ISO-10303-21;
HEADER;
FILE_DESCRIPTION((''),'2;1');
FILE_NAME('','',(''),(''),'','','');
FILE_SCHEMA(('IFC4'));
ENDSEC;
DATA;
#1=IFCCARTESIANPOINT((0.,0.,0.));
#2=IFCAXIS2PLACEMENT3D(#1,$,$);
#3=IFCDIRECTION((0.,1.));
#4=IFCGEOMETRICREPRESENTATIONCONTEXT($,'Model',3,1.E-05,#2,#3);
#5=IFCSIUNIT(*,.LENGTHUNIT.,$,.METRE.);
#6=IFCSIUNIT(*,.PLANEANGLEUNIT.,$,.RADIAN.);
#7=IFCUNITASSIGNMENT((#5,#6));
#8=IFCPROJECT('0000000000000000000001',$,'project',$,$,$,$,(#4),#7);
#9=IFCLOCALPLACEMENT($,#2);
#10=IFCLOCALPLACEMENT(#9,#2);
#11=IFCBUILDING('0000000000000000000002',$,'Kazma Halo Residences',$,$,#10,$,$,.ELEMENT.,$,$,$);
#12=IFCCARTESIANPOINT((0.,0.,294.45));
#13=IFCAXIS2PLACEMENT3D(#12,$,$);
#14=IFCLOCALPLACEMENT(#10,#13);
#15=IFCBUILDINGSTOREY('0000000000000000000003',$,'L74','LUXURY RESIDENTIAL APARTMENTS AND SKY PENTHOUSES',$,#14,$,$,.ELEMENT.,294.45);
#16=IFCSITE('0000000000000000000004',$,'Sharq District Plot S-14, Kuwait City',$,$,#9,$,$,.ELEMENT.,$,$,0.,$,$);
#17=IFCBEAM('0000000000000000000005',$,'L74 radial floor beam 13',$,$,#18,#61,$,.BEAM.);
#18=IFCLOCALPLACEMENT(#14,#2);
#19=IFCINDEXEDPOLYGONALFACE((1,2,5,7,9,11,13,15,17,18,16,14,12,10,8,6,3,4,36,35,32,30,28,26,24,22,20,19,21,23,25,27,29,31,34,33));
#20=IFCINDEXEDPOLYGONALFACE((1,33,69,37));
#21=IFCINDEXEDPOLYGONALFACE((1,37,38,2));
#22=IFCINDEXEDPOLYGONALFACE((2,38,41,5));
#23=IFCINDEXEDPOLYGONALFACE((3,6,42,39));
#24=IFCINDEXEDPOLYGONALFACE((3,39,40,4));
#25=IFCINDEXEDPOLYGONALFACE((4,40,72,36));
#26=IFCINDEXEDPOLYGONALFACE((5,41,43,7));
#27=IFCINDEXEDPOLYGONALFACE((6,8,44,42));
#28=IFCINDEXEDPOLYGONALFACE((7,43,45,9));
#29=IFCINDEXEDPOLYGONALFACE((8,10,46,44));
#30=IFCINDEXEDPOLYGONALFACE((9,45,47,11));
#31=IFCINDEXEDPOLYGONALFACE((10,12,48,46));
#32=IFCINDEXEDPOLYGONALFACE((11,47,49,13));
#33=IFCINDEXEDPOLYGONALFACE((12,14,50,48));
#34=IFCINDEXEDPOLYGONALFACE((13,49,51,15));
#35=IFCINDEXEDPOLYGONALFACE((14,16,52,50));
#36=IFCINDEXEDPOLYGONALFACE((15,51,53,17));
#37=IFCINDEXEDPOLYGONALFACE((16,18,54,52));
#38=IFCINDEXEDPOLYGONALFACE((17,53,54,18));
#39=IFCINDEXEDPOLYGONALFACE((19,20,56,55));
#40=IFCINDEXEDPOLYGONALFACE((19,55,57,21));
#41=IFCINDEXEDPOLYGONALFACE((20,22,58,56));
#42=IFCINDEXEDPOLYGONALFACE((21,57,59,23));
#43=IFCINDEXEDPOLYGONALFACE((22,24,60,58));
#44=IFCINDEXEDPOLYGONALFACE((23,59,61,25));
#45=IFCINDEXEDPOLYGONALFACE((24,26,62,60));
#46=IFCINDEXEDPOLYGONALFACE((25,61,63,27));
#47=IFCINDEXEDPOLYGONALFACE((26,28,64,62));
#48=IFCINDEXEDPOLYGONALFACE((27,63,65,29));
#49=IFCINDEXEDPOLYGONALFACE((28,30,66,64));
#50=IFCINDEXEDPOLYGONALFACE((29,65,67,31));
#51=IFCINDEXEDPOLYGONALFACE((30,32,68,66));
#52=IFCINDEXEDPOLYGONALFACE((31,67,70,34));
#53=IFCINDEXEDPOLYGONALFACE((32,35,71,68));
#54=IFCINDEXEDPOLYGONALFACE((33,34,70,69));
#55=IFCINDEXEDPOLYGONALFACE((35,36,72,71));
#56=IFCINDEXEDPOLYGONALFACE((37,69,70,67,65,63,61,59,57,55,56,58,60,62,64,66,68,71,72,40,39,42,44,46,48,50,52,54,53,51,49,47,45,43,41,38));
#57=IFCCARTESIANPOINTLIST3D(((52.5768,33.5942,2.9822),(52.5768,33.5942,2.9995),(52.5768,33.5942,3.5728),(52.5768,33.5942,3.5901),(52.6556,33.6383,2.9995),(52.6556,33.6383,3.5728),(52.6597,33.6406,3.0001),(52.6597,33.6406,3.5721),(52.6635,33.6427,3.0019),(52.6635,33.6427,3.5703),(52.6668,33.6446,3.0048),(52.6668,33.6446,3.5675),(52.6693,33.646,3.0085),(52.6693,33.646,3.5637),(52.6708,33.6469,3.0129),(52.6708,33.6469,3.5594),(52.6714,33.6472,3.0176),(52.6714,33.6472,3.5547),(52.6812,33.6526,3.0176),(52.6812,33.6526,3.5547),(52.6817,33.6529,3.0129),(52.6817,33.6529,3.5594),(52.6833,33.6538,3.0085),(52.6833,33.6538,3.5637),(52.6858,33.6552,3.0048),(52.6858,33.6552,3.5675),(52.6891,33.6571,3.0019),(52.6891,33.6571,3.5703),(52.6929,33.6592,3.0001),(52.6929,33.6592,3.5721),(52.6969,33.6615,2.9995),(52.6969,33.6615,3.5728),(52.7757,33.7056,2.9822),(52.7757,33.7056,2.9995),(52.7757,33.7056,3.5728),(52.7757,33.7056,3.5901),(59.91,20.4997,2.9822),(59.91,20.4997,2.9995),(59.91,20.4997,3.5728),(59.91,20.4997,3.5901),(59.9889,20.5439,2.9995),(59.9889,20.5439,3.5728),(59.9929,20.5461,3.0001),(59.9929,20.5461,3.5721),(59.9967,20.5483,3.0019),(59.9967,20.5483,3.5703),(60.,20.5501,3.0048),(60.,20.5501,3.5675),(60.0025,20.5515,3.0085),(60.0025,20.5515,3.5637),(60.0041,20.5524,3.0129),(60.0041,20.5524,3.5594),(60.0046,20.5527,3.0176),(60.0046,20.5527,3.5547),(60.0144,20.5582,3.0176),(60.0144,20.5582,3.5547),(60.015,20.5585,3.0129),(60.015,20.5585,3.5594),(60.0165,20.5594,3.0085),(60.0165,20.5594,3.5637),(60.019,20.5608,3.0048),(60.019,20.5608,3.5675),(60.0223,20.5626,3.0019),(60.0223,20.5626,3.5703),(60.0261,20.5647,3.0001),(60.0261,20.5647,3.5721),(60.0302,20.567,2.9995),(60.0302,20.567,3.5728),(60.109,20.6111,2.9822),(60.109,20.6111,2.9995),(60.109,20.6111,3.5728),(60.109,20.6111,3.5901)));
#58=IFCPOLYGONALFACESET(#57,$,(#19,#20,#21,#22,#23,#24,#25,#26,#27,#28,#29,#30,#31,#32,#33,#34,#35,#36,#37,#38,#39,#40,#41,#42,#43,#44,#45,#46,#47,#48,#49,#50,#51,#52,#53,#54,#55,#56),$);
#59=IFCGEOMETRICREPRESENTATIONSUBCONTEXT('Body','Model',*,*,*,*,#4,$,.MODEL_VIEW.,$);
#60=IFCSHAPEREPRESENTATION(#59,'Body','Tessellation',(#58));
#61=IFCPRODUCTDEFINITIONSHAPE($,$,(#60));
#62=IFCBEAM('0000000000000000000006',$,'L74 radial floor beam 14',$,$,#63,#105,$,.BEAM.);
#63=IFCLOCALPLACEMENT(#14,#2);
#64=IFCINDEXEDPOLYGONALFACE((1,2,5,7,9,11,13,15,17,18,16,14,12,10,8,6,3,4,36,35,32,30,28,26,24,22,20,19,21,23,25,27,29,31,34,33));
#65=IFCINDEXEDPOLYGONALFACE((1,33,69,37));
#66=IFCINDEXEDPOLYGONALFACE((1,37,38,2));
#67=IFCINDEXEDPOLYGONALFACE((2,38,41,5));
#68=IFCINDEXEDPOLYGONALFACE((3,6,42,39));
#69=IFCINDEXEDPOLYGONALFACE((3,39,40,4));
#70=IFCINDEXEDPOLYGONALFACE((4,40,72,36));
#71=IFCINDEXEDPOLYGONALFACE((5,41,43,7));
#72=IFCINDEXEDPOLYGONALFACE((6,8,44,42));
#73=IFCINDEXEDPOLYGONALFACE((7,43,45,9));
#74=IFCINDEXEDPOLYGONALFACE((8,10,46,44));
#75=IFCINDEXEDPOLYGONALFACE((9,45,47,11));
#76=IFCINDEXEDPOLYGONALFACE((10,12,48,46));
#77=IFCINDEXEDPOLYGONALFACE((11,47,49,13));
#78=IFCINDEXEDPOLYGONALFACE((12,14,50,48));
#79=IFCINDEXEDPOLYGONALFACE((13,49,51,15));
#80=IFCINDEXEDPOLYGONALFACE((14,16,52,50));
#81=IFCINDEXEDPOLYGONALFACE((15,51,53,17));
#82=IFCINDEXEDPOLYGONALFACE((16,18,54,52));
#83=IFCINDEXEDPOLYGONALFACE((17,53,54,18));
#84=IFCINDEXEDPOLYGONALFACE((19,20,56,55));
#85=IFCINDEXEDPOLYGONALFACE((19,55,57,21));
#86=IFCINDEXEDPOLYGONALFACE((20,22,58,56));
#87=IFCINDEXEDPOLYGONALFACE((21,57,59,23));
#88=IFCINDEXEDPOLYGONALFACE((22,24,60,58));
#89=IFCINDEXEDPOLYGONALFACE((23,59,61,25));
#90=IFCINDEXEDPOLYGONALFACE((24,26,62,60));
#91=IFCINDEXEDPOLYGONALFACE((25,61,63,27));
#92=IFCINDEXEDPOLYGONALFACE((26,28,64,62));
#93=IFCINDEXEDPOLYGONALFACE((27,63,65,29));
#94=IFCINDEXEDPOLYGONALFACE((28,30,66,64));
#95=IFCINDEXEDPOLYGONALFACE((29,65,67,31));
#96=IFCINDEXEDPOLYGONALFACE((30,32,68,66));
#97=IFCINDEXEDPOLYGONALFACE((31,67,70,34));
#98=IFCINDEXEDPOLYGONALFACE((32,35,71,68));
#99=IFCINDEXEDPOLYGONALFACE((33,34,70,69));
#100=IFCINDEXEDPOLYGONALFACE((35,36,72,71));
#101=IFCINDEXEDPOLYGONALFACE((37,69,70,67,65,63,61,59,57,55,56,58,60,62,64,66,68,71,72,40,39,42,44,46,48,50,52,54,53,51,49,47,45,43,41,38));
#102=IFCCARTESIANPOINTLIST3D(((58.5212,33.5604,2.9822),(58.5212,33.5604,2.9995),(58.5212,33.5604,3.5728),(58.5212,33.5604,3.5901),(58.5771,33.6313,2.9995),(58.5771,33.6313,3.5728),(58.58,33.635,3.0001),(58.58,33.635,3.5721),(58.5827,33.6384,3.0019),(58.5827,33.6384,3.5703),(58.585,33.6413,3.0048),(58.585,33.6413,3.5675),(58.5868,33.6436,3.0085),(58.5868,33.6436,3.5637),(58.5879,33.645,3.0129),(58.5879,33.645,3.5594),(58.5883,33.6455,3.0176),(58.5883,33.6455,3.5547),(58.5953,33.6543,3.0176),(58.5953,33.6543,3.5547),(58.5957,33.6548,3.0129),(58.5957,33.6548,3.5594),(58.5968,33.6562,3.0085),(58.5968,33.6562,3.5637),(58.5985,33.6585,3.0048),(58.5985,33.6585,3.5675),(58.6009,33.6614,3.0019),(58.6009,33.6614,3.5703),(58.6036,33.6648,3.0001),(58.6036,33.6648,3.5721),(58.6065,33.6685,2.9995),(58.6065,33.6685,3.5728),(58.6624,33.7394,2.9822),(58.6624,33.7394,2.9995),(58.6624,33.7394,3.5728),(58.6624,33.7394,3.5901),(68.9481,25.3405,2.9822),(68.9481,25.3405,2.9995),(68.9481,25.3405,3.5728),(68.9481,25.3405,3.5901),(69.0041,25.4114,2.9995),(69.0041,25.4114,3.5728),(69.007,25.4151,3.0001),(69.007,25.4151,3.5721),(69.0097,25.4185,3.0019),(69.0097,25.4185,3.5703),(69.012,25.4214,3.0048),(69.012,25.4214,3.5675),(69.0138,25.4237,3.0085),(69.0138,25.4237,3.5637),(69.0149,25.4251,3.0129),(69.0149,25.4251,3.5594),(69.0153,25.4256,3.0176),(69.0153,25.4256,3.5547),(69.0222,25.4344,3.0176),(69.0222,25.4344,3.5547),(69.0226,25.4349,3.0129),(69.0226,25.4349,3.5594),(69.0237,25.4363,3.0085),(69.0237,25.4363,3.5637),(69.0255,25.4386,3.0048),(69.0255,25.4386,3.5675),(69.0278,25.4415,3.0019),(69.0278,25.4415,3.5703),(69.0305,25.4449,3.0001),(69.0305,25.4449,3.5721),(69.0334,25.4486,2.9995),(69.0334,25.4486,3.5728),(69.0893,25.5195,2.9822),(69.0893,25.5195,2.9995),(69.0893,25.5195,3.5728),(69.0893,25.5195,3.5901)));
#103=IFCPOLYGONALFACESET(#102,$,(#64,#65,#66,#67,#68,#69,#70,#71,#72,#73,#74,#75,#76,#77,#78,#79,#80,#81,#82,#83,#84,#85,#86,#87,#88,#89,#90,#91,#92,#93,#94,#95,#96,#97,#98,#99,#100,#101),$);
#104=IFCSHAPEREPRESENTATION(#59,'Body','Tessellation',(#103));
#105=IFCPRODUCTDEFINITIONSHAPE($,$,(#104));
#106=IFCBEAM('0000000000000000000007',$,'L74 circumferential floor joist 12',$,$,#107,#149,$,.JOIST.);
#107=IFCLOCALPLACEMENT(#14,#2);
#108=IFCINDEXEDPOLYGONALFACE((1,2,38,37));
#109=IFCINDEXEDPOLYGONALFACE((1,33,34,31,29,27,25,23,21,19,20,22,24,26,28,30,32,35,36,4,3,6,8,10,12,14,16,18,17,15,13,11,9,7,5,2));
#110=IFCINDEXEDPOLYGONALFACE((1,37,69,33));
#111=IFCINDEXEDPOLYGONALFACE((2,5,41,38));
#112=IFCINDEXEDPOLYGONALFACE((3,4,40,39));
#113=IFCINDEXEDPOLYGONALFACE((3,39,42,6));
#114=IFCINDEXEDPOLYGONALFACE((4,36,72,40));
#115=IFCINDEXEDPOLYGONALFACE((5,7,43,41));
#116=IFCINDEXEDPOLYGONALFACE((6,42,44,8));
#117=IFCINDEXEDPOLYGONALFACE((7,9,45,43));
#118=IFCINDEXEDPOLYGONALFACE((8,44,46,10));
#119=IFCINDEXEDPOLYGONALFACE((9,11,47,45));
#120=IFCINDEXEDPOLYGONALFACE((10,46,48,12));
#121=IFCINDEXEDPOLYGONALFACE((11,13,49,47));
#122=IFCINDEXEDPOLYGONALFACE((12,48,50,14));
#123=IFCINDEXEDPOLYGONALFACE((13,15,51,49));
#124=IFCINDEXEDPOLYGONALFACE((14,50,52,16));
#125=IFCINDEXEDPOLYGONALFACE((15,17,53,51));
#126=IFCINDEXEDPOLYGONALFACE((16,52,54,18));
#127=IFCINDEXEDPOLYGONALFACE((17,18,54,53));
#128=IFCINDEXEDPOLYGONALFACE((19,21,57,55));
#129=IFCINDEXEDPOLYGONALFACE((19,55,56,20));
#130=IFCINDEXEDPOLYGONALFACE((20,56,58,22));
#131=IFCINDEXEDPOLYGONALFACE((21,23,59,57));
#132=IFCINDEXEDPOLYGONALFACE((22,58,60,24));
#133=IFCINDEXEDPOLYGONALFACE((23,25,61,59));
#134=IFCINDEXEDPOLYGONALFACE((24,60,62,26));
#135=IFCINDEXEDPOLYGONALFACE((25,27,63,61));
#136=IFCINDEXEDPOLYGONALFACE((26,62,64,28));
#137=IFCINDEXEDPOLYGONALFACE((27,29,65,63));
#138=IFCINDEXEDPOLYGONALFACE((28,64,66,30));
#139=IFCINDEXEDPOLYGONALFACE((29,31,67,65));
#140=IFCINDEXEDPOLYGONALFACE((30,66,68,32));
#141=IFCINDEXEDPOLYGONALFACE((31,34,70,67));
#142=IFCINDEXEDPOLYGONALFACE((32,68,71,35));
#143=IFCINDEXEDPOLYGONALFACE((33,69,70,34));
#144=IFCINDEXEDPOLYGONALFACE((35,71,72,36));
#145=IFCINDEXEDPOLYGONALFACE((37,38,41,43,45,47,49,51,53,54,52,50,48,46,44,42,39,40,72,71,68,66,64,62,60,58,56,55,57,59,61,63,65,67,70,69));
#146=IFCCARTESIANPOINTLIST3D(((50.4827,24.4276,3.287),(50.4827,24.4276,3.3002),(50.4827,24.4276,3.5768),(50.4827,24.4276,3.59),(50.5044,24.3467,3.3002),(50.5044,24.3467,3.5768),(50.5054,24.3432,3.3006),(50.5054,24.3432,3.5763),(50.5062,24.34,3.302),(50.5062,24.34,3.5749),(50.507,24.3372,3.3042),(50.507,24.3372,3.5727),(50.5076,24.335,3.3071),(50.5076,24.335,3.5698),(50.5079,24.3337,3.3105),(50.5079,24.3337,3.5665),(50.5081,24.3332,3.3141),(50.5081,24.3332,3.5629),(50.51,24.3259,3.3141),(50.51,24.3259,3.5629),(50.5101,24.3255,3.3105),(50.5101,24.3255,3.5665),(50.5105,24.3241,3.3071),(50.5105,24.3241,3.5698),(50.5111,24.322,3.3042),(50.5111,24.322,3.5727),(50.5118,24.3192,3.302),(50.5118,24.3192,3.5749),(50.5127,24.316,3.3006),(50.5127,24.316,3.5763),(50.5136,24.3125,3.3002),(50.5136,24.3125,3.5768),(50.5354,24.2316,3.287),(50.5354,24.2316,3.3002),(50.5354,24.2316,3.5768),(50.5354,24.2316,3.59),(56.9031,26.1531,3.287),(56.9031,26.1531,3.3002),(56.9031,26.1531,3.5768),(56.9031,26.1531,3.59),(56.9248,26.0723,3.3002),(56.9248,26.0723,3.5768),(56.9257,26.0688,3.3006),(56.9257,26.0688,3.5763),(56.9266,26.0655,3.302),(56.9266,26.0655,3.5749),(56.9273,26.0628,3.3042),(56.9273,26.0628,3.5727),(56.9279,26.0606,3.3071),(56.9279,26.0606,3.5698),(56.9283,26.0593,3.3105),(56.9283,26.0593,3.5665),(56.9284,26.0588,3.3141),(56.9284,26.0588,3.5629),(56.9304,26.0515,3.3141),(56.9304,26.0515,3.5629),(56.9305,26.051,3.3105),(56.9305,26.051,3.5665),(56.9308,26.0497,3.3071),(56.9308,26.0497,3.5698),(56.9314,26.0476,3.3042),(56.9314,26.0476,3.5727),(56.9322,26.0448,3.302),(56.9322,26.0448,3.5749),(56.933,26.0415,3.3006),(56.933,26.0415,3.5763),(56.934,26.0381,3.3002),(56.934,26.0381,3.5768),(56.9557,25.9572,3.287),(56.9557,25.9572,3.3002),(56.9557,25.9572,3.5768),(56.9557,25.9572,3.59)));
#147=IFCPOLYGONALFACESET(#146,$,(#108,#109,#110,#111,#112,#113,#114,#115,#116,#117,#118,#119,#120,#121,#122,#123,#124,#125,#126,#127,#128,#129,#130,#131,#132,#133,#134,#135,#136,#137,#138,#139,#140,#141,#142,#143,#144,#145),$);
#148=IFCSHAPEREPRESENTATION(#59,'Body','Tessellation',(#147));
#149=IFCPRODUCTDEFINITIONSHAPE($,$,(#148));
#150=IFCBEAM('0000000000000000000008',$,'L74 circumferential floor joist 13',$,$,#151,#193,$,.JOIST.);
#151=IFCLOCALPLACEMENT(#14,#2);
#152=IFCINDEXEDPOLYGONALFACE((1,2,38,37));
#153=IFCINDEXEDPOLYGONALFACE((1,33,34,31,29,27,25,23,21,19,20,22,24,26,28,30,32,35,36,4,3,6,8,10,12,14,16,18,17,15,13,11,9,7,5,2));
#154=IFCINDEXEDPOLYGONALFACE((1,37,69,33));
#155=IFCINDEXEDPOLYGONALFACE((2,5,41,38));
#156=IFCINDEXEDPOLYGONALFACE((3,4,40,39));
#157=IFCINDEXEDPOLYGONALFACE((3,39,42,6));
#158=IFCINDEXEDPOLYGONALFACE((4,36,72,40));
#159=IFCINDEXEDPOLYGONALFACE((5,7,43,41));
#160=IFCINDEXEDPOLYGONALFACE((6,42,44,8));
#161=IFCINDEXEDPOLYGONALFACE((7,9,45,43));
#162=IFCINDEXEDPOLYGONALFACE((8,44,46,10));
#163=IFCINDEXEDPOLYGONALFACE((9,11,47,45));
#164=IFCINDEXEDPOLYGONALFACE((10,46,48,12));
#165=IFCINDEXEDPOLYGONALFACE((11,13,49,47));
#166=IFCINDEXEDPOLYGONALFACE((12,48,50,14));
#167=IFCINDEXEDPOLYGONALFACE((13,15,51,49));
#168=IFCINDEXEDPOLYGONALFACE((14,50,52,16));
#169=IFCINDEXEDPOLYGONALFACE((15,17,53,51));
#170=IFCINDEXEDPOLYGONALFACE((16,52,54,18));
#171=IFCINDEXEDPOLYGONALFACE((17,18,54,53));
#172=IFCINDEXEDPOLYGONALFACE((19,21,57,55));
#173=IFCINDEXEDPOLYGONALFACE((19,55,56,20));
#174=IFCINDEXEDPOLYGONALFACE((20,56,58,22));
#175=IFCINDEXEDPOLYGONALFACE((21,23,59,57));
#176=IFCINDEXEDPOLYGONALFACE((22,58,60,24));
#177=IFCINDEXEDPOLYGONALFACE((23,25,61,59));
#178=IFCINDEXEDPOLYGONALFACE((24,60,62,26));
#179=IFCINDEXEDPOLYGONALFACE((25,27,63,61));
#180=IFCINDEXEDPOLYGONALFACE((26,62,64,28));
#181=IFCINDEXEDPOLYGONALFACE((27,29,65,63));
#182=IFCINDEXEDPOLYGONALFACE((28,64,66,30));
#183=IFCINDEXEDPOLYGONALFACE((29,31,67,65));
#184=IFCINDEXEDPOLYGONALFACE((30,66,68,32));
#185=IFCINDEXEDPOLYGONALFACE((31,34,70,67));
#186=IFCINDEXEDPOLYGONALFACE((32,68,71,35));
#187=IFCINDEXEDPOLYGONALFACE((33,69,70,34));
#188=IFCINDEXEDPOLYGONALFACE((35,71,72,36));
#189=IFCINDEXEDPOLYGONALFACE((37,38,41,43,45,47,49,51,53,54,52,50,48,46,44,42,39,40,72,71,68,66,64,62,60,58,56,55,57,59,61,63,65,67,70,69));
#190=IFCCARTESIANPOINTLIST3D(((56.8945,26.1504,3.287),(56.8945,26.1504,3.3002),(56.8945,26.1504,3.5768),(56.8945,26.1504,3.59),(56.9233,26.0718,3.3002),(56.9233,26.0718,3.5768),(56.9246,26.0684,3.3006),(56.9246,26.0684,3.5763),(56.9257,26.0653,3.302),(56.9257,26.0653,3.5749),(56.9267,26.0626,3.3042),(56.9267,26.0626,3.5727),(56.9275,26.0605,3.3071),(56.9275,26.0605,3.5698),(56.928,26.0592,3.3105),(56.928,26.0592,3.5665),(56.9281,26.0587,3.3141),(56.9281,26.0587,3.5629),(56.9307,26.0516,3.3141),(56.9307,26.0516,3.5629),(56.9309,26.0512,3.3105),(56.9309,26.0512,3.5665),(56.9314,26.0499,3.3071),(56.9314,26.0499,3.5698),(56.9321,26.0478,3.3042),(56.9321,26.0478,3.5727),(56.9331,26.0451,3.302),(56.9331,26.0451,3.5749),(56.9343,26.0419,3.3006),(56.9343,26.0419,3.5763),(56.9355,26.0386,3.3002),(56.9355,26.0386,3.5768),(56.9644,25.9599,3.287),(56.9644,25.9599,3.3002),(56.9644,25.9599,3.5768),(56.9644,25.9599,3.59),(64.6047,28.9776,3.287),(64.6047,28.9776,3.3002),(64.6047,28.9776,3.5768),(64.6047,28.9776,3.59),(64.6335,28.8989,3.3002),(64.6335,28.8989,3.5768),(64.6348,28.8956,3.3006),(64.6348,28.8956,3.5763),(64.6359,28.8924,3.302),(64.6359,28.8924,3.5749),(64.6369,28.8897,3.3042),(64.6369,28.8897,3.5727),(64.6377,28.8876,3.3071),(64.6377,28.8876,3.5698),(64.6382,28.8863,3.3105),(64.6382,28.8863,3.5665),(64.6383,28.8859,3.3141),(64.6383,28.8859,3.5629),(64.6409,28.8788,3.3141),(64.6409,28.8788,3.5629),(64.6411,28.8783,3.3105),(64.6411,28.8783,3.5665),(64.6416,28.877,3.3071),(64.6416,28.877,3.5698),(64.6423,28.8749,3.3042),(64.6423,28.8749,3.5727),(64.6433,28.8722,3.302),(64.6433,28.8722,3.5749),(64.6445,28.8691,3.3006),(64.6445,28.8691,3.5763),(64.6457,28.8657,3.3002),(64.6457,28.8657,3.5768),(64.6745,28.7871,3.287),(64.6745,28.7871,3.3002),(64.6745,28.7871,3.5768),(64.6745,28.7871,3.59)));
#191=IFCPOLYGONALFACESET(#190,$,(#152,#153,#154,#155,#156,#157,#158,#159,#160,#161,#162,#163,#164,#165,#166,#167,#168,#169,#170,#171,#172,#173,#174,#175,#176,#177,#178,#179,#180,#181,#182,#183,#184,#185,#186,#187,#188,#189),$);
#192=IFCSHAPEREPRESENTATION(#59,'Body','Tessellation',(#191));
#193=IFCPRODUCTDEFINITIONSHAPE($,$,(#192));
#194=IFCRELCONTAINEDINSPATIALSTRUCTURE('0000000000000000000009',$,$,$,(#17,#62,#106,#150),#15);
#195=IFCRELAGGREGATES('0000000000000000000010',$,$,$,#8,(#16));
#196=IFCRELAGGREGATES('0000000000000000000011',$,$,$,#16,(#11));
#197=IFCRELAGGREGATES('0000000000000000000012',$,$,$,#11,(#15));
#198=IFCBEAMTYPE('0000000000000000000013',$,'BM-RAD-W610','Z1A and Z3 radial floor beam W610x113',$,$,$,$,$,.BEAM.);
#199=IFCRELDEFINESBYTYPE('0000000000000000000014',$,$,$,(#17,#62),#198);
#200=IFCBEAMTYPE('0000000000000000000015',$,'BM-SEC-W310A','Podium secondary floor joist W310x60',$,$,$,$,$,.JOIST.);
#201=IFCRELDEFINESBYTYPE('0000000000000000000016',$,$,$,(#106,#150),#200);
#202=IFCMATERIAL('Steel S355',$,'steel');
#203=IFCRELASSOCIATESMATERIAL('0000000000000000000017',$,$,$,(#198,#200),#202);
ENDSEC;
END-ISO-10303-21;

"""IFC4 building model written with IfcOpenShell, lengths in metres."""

from ifc_helpers import new_model, si_unit, direction, frame, origin, origin_2d, place, context, subcontext, project, spatial, i_section, extrude, material, material_profile, profile_set, type_object, element, save


model = new_model("IFC4")

# Units and contexts
model_context = context("Model", 3, precision=1e-05, world=origin(), true_north=direction((0.0, 1.0)))
body_context = subcontext(model_context, "Body", "Model", "MODEL_VIEW")
ifc_project = project(units=[si_unit("LENGTHUNIT", "METRE"), si_unit("PLANEANGLEUNIT", "RADIAN")], contexts=[model_context])

# Site, building, storey
site_placement = place(None, origin())
site = spatial("IfcSite", under=ifc_project, at=site_placement, Name="Sharq District Plot S-14, Kuwait City", CompositionType="ELEMENT", RefElevation=0.0)
building_placement = place(site_placement, origin())
building = spatial("IfcBuilding", under=site, at=building_placement, Name="Kazma Halo Residences", CompositionType="ELEMENT")
storey_placement = place(building_placement, frame((0.0, 0.0, 294.45)))
storey = spatial("IfcBuildingStorey", under=building, at=storey_placement, Name="L74", Description="LUXURY RESIDENTIAL APARTMENTS AND SKY PENTHOUSES", CompositionType="ELEMENT", Elevation=294.45)

# Beams
ifc_material_1 = material(Name="Steel S355", Category="steel")
ifc_material_profile_1 = material_profile(ifc_material_1, i_section(OverallWidth=0.228, OverallDepth=0.6079, WebThickness=0.0112, FlangeThickness=0.0173, FilletRadius=0.0181, at=origin_2d()), Name="W610x113")
ifc_profile_set_1 = profile_set([ifc_material_profile_1], Name="Steel S355")
beam_type_1 = type_object("IfcBeamType", Name="BM-RAD-W610", Description="Z1A and Z3 radial floor beam W610x113", PredefinedType="BEAM", material=ifc_profile_set_1)
beam_1_placement = place(storey_placement, frame((52.6763, 33.6499, 3.2861), z_axis=(0.488621, -0.872496, 0.0), x_axis=(0.872496, 0.488621, 0.0)))
element("IfcBeam", 1, at=beam_1_placement, inside=storey, type_object=beam_type_1, Name="L74 radial floor beam 13", PredefinedType="BEAM", context=body_context, shape_type="SweptSolid", body=[
    extrude(i_section(OverallWidth=0.228, OverallDepth=0.6079, WebThickness=0.0112, FlangeThickness=0.0173, FilletRadius=0.0181, at=origin_2d()), origin(), (0.0, 0.0, 1.0), 15.0081),
])
beam_2_placement = place(storey_placement, frame((58.5918, 33.6499, 3.2861), z_axis=(0.785317, -0.619093, 0.0), x_axis=(0.619093, 0.785317, 0.0)))
element("IfcBeam", 2, at=beam_2_placement, inside=storey, type_object=beam_type_1, Name="L74 radial floor beam 14", PredefinedType="BEAM", context=body_context, shape_type="SweptSolid", body=[
    extrude(i_section(OverallWidth=0.228, OverallDepth=0.6079, WebThickness=0.0112, FlangeThickness=0.0173, FilletRadius=0.0181, at=origin_2d()), origin(), (0.0, 0.0, 1.0), 13.2773),
])
ifc_material_profile_2 = material_profile(ifc_material_1, i_section(OverallWidth=0.2029, OverallDepth=0.303, WebThickness=0.0076, FlangeThickness=0.0132, FilletRadius=0.0139, at=origin_2d()), Name="W310x60")
ifc_profile_set_2 = profile_set([ifc_material_profile_2], Name="Steel S355")
beam_type_2 = type_object("IfcBeamType", Name="BM-SEC-W310A", Description="Podium secondary floor joist W310x60", PredefinedType="JOIST", material=ifc_profile_set_2)
beam_3_placement = place(storey_placement, frame((50.509, 24.3296, 3.4385), z_axis=(0.965728, 0.259555, 0.0), x_axis=(-0.259555, 0.965728, 0.0)))
element("IfcBeam", 3, at=beam_3_placement, inside=storey, type_object=beam_type_2, Name="L74 circumferential floor joist 12", PredefinedType="JOIST", context=body_context, shape_type="SweptSolid", body=[
    extrude(i_section(OverallWidth=0.2029, OverallDepth=0.303, WebThickness=0.0076, FlangeThickness=0.0132, FilletRadius=0.0139, at=origin_2d()), origin(), (0.0, 0.0, 1.0), 6.6482),
])
beam_4_placement = place(storey_placement, frame((56.9294, 26.0552, 3.4385), z_axis=(0.938873, 0.344263, 0.0), x_axis=(-0.344263, 0.938873, 0.0)))
element("IfcBeam", 4, at=beam_4_placement, inside=storey, type_object=beam_type_2, Name="L74 circumferential floor joist 13", PredefinedType="JOIST", context=body_context, shape_type="SweptSolid", body=[
    extrude(i_section(OverallWidth=0.2029, OverallDepth=0.303, WebThickness=0.0076, FlangeThickness=0.0132, FilletRadius=0.0139, at=origin_2d()), origin(), (0.0, 0.0, 1.0), 8.2122),
])

save(model, "model.ifc")
